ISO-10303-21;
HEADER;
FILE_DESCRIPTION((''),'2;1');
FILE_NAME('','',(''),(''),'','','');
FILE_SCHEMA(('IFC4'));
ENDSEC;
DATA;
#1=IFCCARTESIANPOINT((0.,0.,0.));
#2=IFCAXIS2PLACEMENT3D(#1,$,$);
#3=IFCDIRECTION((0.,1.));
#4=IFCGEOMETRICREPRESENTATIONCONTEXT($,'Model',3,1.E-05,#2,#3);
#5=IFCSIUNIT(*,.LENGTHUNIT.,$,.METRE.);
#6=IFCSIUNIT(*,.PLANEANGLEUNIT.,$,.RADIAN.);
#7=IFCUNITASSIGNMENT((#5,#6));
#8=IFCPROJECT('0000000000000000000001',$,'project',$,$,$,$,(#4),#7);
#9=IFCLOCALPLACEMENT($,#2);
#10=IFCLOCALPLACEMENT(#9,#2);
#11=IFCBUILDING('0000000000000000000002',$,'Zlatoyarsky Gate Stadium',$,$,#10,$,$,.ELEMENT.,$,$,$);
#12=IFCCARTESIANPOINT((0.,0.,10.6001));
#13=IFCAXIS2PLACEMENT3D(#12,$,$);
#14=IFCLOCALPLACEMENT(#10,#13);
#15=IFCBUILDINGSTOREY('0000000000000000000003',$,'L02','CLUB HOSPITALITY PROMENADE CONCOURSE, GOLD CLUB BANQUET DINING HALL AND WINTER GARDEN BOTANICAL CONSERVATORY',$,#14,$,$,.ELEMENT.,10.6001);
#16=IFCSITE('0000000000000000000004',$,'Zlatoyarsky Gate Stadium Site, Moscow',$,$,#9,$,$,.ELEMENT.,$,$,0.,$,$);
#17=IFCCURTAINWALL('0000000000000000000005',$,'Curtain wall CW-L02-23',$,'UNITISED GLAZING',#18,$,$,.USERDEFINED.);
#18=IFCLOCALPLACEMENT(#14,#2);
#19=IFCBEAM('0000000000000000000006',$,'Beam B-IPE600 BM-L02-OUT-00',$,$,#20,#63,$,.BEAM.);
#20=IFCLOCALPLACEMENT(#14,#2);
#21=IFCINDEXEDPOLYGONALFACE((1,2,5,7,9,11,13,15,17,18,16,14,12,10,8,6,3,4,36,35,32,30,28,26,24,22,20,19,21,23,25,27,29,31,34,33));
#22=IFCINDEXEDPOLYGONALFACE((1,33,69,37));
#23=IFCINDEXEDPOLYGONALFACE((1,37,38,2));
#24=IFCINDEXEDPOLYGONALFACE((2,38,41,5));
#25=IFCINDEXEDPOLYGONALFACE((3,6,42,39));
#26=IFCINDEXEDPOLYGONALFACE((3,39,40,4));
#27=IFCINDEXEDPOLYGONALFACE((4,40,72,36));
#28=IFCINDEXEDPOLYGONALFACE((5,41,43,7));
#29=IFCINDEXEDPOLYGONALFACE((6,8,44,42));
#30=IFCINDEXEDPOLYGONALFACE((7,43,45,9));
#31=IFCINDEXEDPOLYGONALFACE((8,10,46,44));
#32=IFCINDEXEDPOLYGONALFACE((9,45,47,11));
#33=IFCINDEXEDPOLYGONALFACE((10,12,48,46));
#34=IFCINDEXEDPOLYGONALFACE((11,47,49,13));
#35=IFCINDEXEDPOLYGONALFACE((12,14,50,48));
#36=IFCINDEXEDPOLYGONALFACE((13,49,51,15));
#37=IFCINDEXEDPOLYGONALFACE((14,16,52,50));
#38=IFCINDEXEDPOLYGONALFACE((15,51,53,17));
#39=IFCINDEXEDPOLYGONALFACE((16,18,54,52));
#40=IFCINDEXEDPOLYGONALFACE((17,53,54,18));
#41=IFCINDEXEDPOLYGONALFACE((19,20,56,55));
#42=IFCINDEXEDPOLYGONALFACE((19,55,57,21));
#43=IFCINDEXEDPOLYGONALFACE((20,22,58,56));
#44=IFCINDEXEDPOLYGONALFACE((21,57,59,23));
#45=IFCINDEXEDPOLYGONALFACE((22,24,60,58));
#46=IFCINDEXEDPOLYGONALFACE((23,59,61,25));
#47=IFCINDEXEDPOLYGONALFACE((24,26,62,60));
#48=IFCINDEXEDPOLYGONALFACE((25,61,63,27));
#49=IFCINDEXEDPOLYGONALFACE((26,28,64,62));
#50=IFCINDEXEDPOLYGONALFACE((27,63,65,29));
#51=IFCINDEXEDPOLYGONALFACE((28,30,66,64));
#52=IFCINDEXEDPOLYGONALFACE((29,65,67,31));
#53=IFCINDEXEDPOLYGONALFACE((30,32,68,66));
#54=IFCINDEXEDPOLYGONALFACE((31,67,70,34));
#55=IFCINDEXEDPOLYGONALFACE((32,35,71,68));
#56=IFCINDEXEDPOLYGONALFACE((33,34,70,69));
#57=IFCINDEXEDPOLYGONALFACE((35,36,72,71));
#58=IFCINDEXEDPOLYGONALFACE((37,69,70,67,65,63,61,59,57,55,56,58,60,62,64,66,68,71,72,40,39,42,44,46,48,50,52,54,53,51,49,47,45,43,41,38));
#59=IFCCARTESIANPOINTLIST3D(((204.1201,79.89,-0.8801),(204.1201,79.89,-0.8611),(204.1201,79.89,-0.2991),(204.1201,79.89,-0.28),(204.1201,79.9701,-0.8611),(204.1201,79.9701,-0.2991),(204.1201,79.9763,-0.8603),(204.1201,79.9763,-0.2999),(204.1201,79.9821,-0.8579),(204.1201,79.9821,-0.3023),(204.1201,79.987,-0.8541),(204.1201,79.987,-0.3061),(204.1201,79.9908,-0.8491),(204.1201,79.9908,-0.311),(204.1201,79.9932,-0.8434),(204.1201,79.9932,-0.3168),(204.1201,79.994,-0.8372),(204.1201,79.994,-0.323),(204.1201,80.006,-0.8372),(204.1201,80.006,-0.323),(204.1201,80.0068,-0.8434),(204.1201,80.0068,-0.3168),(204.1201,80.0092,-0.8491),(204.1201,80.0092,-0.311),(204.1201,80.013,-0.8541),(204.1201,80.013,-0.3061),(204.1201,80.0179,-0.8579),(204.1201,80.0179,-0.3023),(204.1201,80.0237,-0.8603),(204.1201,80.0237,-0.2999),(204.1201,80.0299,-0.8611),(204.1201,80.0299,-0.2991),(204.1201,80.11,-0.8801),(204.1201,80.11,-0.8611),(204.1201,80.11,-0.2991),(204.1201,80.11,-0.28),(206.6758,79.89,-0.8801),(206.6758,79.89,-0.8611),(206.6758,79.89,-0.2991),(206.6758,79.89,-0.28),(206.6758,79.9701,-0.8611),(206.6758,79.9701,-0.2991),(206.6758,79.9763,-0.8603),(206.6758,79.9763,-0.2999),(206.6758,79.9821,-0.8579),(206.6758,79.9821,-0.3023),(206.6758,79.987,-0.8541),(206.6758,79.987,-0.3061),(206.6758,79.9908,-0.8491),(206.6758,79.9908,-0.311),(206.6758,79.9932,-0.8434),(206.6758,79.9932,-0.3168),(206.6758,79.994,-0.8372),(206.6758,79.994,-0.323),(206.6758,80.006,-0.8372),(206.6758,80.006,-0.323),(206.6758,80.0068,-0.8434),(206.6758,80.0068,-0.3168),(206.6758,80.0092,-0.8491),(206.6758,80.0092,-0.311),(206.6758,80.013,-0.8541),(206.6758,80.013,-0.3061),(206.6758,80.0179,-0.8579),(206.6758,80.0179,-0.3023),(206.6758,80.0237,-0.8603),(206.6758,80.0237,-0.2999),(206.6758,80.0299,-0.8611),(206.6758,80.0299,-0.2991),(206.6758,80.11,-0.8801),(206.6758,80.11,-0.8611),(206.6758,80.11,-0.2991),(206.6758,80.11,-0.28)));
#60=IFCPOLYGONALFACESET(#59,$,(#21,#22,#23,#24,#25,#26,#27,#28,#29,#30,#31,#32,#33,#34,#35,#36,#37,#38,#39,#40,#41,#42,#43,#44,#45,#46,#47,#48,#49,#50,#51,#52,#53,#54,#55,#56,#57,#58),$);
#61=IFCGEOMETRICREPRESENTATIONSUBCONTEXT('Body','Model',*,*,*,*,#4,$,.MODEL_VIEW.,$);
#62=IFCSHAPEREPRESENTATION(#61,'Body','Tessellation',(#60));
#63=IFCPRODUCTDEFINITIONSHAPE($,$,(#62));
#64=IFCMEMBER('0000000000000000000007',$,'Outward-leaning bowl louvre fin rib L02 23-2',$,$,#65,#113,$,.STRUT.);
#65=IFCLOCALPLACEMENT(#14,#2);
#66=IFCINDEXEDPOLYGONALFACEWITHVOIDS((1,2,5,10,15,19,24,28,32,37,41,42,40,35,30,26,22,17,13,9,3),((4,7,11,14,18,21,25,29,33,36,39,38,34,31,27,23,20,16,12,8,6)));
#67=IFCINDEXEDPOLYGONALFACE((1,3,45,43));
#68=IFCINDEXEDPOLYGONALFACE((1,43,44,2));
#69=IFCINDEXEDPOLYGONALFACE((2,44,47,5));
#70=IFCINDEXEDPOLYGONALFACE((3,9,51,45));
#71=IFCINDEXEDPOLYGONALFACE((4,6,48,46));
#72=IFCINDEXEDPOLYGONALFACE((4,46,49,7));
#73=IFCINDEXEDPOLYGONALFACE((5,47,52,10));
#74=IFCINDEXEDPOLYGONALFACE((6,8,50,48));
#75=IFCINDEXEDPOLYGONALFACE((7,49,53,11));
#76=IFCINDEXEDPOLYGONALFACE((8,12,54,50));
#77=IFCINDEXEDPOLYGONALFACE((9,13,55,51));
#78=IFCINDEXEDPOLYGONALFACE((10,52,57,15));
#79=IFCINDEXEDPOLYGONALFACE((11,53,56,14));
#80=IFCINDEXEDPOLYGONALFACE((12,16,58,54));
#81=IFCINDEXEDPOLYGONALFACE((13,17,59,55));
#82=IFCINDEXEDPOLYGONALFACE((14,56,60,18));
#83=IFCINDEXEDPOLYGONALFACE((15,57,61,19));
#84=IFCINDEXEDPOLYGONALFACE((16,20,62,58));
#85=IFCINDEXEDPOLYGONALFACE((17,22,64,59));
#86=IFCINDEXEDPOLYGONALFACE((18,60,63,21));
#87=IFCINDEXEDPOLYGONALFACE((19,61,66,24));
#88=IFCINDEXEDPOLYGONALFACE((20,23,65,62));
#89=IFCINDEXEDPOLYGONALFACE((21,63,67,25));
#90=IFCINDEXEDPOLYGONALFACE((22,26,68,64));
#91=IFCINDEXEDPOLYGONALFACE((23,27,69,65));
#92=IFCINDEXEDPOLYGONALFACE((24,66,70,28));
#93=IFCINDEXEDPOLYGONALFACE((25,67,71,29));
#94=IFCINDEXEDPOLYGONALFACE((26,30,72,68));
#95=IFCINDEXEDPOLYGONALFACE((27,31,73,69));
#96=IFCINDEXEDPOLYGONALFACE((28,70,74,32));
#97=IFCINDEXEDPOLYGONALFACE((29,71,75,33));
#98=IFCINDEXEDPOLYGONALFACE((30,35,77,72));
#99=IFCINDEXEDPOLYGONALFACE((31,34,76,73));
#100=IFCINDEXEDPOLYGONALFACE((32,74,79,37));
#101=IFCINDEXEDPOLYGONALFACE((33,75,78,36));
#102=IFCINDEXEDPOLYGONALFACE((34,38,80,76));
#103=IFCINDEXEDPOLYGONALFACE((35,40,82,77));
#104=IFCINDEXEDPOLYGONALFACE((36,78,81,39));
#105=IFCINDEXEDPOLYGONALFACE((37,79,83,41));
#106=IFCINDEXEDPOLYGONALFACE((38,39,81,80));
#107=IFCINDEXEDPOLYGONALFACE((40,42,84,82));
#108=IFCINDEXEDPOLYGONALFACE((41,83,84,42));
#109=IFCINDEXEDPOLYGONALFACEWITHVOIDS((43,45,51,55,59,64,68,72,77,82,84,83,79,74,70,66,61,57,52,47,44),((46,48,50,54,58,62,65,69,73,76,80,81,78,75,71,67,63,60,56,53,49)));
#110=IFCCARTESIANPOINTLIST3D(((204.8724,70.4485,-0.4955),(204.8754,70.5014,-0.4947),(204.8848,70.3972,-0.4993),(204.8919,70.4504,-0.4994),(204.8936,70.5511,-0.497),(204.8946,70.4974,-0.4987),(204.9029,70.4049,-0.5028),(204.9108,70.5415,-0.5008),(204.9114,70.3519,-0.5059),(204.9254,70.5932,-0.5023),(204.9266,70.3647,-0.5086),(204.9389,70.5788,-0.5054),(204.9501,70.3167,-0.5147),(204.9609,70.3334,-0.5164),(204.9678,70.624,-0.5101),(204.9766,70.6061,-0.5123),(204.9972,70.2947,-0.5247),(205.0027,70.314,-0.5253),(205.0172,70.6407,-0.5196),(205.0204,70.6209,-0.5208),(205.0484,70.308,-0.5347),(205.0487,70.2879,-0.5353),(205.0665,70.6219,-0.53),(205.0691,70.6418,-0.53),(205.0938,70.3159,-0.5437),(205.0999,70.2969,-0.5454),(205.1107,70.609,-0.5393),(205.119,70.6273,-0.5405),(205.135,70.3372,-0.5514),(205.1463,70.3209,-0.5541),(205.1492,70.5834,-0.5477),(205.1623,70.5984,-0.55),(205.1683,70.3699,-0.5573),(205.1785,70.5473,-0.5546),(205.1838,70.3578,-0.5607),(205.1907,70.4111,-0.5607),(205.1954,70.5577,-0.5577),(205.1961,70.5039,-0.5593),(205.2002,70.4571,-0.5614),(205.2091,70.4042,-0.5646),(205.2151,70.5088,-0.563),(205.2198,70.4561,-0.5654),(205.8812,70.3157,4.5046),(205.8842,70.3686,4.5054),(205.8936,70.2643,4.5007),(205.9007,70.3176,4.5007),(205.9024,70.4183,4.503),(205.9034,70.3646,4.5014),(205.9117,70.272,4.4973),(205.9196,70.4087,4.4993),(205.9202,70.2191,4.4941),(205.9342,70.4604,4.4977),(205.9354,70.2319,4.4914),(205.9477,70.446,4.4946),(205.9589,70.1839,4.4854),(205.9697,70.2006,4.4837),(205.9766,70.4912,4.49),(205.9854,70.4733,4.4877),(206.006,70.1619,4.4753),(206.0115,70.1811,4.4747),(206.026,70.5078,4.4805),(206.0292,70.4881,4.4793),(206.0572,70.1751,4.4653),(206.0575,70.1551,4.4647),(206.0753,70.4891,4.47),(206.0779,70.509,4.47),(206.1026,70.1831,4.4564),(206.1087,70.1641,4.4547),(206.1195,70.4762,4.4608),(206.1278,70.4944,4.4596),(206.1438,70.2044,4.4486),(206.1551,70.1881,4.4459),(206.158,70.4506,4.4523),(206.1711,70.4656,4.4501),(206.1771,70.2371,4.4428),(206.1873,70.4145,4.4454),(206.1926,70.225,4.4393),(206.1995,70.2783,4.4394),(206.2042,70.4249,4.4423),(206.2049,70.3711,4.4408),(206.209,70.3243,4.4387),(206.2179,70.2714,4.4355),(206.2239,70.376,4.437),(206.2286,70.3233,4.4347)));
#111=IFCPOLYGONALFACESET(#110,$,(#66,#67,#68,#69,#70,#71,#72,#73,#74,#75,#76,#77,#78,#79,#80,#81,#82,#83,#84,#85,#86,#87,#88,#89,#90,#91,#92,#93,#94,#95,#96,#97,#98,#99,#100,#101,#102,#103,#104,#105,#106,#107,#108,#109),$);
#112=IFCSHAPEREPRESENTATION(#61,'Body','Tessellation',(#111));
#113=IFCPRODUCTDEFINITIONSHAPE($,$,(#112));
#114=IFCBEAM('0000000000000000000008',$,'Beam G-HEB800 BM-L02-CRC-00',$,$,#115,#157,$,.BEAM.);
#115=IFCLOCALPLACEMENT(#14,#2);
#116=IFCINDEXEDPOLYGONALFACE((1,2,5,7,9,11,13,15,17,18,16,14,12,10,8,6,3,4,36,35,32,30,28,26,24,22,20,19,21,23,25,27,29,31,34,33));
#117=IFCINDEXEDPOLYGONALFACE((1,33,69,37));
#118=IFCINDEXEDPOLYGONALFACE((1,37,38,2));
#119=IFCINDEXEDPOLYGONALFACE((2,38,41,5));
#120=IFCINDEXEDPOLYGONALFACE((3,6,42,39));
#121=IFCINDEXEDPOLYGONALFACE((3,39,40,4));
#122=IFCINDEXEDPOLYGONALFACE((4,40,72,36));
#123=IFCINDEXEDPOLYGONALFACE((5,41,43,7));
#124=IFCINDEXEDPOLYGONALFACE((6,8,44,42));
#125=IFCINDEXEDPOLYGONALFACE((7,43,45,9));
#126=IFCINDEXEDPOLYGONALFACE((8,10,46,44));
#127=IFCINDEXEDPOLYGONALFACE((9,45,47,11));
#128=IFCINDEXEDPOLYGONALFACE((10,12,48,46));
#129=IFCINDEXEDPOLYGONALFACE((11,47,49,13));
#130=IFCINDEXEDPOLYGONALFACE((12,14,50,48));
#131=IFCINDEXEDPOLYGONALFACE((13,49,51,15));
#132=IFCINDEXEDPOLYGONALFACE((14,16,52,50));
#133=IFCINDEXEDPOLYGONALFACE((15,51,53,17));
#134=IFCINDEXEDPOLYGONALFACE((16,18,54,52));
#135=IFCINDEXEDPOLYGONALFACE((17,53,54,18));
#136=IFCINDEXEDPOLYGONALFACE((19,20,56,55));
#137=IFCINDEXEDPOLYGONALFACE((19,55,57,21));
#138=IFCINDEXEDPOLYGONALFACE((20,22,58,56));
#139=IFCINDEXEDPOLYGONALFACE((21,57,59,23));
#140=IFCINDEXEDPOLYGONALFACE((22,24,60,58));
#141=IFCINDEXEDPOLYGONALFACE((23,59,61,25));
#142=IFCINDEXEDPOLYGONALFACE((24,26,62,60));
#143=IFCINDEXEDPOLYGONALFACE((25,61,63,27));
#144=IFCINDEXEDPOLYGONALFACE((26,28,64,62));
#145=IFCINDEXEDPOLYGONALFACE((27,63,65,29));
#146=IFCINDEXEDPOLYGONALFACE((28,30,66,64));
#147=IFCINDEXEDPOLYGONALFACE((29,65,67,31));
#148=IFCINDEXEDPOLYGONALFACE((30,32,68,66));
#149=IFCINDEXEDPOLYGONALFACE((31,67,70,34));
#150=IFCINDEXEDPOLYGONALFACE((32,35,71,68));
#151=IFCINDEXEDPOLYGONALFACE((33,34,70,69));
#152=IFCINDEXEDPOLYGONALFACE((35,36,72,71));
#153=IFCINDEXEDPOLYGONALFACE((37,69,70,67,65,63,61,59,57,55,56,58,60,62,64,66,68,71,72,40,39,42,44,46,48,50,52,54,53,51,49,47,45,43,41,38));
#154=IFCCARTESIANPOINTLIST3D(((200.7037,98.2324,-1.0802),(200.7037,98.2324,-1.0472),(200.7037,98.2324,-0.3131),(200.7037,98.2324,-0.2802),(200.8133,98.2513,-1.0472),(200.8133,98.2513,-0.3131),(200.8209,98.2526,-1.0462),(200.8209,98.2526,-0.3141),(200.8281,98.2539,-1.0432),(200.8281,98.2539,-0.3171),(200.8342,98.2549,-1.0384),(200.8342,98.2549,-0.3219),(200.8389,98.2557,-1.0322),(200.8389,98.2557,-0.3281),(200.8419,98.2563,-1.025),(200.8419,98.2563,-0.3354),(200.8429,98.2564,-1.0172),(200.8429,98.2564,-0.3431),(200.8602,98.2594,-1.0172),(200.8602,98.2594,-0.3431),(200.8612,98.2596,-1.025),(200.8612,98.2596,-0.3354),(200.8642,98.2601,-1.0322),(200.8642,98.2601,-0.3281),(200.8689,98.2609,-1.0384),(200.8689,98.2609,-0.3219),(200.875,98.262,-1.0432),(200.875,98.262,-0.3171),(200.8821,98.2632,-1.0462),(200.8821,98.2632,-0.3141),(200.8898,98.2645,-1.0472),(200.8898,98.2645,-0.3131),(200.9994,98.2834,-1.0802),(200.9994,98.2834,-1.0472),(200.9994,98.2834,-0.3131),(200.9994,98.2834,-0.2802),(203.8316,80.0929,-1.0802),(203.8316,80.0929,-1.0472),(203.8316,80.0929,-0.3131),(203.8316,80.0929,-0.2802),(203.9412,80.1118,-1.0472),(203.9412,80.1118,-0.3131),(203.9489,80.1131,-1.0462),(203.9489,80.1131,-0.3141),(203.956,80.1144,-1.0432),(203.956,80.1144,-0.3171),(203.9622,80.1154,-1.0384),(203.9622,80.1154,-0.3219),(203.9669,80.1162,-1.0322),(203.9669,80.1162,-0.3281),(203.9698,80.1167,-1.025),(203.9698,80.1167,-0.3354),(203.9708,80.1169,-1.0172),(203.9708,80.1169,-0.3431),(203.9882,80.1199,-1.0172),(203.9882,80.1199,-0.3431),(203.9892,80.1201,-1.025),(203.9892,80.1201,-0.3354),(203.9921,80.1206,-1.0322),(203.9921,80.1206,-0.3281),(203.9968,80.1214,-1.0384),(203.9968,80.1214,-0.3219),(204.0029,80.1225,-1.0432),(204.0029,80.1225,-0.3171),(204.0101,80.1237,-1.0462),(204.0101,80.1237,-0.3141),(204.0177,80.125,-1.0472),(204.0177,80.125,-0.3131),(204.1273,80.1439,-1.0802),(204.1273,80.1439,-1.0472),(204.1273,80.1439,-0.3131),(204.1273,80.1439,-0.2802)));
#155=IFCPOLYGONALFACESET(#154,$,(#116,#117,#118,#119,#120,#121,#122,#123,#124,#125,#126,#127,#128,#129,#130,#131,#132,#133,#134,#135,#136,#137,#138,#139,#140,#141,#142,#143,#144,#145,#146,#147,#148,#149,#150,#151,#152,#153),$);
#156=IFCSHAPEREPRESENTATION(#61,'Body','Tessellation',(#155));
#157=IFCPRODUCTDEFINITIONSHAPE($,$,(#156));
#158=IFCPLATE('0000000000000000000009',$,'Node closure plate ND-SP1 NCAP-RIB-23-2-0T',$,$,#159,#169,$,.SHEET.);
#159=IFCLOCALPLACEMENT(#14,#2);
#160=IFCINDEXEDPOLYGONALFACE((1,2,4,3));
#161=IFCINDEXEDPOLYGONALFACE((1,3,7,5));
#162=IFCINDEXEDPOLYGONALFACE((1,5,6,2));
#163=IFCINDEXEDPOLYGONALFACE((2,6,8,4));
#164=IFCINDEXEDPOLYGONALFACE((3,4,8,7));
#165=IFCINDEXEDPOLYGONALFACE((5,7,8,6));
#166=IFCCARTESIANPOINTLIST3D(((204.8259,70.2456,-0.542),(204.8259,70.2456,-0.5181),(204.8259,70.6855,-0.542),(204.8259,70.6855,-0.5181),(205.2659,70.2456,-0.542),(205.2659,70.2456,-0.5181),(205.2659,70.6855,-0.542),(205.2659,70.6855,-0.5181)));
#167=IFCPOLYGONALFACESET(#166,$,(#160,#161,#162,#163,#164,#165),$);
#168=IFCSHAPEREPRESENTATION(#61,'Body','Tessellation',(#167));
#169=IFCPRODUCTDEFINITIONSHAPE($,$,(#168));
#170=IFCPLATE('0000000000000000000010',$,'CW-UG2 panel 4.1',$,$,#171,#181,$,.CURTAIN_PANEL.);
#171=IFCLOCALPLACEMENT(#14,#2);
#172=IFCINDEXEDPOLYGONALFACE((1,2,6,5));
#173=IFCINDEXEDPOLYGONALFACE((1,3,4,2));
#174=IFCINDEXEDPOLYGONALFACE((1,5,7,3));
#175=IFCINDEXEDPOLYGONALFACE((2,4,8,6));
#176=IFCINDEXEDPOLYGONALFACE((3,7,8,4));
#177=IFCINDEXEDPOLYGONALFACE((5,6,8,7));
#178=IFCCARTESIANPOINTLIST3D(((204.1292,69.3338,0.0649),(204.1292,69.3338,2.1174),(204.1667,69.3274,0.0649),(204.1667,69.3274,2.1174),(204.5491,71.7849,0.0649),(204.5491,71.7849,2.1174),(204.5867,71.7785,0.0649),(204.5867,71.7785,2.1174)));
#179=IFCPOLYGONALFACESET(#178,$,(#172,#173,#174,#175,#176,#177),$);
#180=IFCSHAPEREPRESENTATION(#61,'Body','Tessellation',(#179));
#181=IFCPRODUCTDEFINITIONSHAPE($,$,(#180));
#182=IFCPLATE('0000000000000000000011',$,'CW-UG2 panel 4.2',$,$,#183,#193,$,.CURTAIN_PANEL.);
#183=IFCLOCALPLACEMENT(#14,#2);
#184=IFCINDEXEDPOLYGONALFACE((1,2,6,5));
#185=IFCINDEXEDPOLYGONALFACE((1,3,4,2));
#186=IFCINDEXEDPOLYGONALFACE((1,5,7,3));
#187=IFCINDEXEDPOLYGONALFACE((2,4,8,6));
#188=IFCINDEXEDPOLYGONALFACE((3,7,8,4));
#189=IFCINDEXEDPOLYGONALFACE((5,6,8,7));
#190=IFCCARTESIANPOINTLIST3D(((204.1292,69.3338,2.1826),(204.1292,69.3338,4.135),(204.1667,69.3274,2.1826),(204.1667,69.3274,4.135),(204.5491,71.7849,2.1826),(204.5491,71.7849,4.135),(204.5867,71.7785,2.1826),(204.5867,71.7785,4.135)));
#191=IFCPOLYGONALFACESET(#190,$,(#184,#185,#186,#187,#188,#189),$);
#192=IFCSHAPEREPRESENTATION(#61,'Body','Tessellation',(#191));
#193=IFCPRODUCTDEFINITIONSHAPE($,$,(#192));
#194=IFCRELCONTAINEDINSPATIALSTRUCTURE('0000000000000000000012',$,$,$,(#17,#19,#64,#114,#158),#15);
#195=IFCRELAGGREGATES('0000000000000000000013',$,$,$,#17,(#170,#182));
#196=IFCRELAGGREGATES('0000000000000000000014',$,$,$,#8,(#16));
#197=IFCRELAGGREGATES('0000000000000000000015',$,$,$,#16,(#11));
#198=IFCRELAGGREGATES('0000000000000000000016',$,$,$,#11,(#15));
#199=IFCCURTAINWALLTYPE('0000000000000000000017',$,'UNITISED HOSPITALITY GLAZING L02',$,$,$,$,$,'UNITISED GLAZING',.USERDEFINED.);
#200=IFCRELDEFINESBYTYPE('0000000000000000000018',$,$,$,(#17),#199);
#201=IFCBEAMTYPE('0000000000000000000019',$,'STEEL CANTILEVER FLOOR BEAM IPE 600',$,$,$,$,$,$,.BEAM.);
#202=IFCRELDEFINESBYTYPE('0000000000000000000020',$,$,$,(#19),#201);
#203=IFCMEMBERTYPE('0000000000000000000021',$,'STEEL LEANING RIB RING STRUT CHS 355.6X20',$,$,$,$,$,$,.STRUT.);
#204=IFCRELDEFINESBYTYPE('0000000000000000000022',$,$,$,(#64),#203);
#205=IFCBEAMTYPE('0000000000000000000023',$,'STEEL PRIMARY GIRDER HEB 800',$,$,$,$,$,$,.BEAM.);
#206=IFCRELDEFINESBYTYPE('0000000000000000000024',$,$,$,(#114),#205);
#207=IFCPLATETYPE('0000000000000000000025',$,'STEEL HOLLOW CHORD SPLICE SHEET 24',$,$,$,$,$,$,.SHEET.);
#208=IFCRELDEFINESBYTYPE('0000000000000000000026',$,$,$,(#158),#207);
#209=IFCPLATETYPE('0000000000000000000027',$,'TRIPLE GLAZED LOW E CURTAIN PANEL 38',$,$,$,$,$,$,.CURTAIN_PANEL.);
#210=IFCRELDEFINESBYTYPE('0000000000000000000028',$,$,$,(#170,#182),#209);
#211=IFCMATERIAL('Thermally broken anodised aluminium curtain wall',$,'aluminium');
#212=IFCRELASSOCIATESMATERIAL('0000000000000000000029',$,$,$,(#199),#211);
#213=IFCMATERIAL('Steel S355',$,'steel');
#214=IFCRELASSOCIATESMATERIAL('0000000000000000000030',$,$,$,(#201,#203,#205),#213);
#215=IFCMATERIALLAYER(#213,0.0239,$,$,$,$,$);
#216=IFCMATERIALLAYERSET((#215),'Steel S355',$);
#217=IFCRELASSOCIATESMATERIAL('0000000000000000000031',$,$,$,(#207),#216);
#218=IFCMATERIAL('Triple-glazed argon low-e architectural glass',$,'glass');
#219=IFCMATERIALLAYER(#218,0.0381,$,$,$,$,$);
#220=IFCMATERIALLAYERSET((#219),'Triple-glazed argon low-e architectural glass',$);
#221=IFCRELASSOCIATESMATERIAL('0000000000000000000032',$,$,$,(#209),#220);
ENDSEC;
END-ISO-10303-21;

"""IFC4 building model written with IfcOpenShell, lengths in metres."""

from ifc_helpers import new_model, si_unit, direction, frame, origin, origin_2d, place, context, subcontext, project, spatial, rectangle, hollow_circle, i_section, extrude, material, layer, layer_set, material_profile, profile_set, type_object, element, aggregate, save


model = new_model("IFC4")

# Units and contexts
model_context = context("Model", 3, precision=1e-05, world=origin(), true_north=direction((0.0, 1.0)))
body_context = subcontext(model_context, "Body", "Model", "MODEL_VIEW")
ifc_project = project(units=[si_unit("LENGTHUNIT", "METRE"), si_unit("PLANEANGLEUNIT", "RADIAN")], contexts=[model_context])

# Site, building, storey
site_placement = place(None, origin())
site = spatial("IfcSite", under=ifc_project, at=site_placement, Name="Zlatoyarsky Gate Stadium Site, Moscow", CompositionType="ELEMENT", RefElevation=0.0)
building_placement = place(site_placement, origin())
building = spatial("IfcBuilding", under=site, at=building_placement, Name="Zlatoyarsky Gate Stadium", CompositionType="ELEMENT")
storey_placement = place(building_placement, frame((0.0, 0.0, 10.6001)))
storey = spatial("IfcBuildingStorey", under=building, at=storey_placement, Name="L02", Description="CLUB HOSPITALITY PROMENADE CONCOURSE, GOLD CLUB BANQUET DINING HALL AND WINTER GARDEN BOTANICAL CONSERVATORY", CompositionType="ELEMENT", Elevation=10.6001)

# Shared definitions
ifc_material_1 = material(Name="Steel S355", Category="steel")

# Curtain wall
ifc_material_2 = material(Name="Thermally broken anodised aluminium curtain wall", Category="aluminium")
curtain_wall_type = type_object("IfcCurtainWallType", Name="UNITISED HOSPITALITY GLAZING L02", ElementType="UNITISED GLAZING", PredefinedType="USERDEFINED", material=ifc_material_2)
curtain_wall_placement = place(storey_placement, origin())
curtain_wall = element("IfcCurtainWall", 1, at=curtain_wall_placement, inside=storey, type_object=curtain_wall_type, Name="Curtain wall CW-L02-23", ObjectType="UNITISED GLAZING", PredefinedType="USERDEFINED")

# Beam
ifc_material_profile_1 = material_profile(ifc_material_1, i_section(OverallWidth=0.22, OverallDepth=0.6001, WebThickness=0.012, FlangeThickness=0.019, FilletRadius=0.0239, at=origin_2d()), Name="IPE 600")
ifc_profile_set_1 = profile_set([ifc_material_profile_1], Name="Steel S355")
beam_type_1 = type_object("IfcBeamType", Name="STEEL CANTILEVER FLOOR BEAM IPE 600", PredefinedType="BEAM", material=ifc_profile_set_1)
beam_1_placement = place(storey_placement, frame((204.1201, 80.0, -0.5801), z_axis=(1.0, 0.0, 0.0), x_axis=(0.0, 1.0, 0.0)))
element("IfcBeam", 2, at=beam_1_placement, inside=storey, type_object=beam_type_1, Name="Beam B-IPE600 BM-L02-OUT-00", PredefinedType="BEAM", context=body_context, shape_type="SweptSolid", body=[
    extrude(i_section(OverallWidth=0.22, OverallDepth=0.6001, WebThickness=0.012, FlangeThickness=0.019, FilletRadius=0.0239, at=origin_2d()), origin(), (0.0, 0.0, 1.0), 2.5557),
])

# Member
ifc_material_profile_2 = material_profile(ifc_material_1, hollow_circle(Radius=0.1777, WallThickness=0.02, at=origin_2d()), Name="CHS 355.6X20")
ifc_profile_set_2 = profile_set([ifc_material_profile_2], Name="Steel S355")
member_type_1 = type_object("IfcMemberType", Name="STEEL LEANING RIB RING STRUT CHS 355.6X20", PredefinedType="STRUT", material=ifc_profile_set_2)
member_1_placement = place(storey_placement, frame((205.0459, 70.4656, -0.53), z_axis=(0.197706, -0.026029, 0.979916), x_axis=(0.130529, 0.991444, 0.0)))
element("IfcMember", 3, at=member_1_placement, inside=storey, type_object=member_type_1, Name="Outward-leaning bowl louvre fin rib L02 23-2", PredefinedType="STRUT", context=body_context, shape_type="SweptSolid", body=[
    extrude(hollow_circle(Radius=0.1777, WallThickness=0.02, at=origin_2d()), origin(), (0.0, 0.0, 1.0), 5.1025),
])

# Beam
ifc_material_profile_3 = material_profile(ifc_material_1, i_section(OverallWidth=0.3, OverallDepth=0.8, WebThickness=0.0176, FlangeThickness=0.033, FilletRadius=0.03, at=origin_2d()), Name="HEB 800")
ifc_profile_set_3 = profile_set([ifc_material_profile_3], Name="Steel S355")
beam_type_2 = type_object("IfcBeamType", Name="STEEL PRIMARY GIRDER HEB 800", PredefinedType="BEAM", material=ifc_profile_set_3)
beam_2_placement = place(storey_placement, frame((203.9795, 80.1184, -0.6802), z_axis=(-0.16993, 0.985456, 0.0), x_axis=(-0.985456, -0.16993, 0.0)))
element("IfcBeam", 4, at=beam_2_placement, inside=storey, type_object=beam_type_2, Name="Beam G-HEB800 BM-L02-CRC-00", PredefinedType="BEAM", context=body_context, shape_type="SweptSolid", body=[
    extrude(i_section(OverallWidth=0.3, OverallDepth=0.8, WebThickness=0.0176, FlangeThickness=0.033, FilletRadius=0.03, at=origin_2d()), origin(), (0.0, 0.0, 1.0), 18.4072),
])

# Plates
ifc_layer_1 = layer(ifc_material_1, 0.0239)
ifc_layer_set_1 = layer_set([ifc_layer_1], Name="Steel S355")
plate_type_1 = type_object("IfcPlateType", Name="STEEL HOLLOW CHORD SPLICE SHEET 24", PredefinedType="SHEET", material=ifc_layer_set_1)
plate_1_placement = place(storey_placement, frame((205.0459, 70.4656, -0.542), z_axis=(0.0, 0.0, 1.0), x_axis=(1.0, 0.0, 0.0)))
element("IfcPlate", 5, at=plate_1_placement, inside=storey, type_object=plate_type_1, Name="Node closure plate ND-SP1 NCAP-RIB-23-2-0T", PredefinedType="SHEET", context=body_context, shape_type="SweptSolid", body=[
    extrude(rectangle(XDim=0.4399, YDim=0.4399, at=origin_2d()), origin(), (0.0, 0.0, 1.0), 0.0239),
])
ifc_material_3 = material(Name="Triple-glazed argon low-e architectural glass", Category="glass")
ifc_layer_2 = layer(ifc_material_3, 0.0381)
ifc_layer_set_2 = layer_set([ifc_layer_2], Name="Triple-glazed argon low-e architectural glass")
plate_type_2 = type_object("IfcPlateType", Name="TRIPLE GLAZED LOW E CURTAIN PANEL 38", PredefinedType="CURTAIN_PANEL", material=ifc_layer_set_2)
plate_2_placement = place(storey_placement, frame((204.3579, 70.5562, 0.0649), z_axis=(0.0, 0.0, 1.0), x_axis=(0.168876, 0.985637, 0.0)))
plate_2 = element("IfcPlate", 6, at=plate_2_placement, type_object=plate_type_2, Name="CW-UG2 panel 4.1", PredefinedType="CURTAIN_PANEL", context=body_context, shape_type="SweptSolid", body=[
    extrude(rectangle(XDim=2.4868, YDim=0.0381, at=origin_2d()), origin(), (0.0, 0.0, 1.0), 2.0525),
])
plate_3_placement = place(storey_placement, frame((204.3579, 70.5562, 2.1826), z_axis=(0.0, 0.0, 1.0), x_axis=(0.168876, 0.985637, 0.0)))
plate_3 = element("IfcPlate", 7, at=plate_3_placement, type_object=plate_type_2, Name="CW-UG2 panel 4.2", PredefinedType="CURTAIN_PANEL", context=body_context, shape_type="SweptSolid", body=[
    extrude(rectangle(XDim=2.4868, YDim=0.0381, at=origin_2d()), origin(), (0.0, 0.0, 1.0), 1.9524),
])
aggregate(curtain_wall, [plate_2, plate_3])

save(model, "model.ifc")
